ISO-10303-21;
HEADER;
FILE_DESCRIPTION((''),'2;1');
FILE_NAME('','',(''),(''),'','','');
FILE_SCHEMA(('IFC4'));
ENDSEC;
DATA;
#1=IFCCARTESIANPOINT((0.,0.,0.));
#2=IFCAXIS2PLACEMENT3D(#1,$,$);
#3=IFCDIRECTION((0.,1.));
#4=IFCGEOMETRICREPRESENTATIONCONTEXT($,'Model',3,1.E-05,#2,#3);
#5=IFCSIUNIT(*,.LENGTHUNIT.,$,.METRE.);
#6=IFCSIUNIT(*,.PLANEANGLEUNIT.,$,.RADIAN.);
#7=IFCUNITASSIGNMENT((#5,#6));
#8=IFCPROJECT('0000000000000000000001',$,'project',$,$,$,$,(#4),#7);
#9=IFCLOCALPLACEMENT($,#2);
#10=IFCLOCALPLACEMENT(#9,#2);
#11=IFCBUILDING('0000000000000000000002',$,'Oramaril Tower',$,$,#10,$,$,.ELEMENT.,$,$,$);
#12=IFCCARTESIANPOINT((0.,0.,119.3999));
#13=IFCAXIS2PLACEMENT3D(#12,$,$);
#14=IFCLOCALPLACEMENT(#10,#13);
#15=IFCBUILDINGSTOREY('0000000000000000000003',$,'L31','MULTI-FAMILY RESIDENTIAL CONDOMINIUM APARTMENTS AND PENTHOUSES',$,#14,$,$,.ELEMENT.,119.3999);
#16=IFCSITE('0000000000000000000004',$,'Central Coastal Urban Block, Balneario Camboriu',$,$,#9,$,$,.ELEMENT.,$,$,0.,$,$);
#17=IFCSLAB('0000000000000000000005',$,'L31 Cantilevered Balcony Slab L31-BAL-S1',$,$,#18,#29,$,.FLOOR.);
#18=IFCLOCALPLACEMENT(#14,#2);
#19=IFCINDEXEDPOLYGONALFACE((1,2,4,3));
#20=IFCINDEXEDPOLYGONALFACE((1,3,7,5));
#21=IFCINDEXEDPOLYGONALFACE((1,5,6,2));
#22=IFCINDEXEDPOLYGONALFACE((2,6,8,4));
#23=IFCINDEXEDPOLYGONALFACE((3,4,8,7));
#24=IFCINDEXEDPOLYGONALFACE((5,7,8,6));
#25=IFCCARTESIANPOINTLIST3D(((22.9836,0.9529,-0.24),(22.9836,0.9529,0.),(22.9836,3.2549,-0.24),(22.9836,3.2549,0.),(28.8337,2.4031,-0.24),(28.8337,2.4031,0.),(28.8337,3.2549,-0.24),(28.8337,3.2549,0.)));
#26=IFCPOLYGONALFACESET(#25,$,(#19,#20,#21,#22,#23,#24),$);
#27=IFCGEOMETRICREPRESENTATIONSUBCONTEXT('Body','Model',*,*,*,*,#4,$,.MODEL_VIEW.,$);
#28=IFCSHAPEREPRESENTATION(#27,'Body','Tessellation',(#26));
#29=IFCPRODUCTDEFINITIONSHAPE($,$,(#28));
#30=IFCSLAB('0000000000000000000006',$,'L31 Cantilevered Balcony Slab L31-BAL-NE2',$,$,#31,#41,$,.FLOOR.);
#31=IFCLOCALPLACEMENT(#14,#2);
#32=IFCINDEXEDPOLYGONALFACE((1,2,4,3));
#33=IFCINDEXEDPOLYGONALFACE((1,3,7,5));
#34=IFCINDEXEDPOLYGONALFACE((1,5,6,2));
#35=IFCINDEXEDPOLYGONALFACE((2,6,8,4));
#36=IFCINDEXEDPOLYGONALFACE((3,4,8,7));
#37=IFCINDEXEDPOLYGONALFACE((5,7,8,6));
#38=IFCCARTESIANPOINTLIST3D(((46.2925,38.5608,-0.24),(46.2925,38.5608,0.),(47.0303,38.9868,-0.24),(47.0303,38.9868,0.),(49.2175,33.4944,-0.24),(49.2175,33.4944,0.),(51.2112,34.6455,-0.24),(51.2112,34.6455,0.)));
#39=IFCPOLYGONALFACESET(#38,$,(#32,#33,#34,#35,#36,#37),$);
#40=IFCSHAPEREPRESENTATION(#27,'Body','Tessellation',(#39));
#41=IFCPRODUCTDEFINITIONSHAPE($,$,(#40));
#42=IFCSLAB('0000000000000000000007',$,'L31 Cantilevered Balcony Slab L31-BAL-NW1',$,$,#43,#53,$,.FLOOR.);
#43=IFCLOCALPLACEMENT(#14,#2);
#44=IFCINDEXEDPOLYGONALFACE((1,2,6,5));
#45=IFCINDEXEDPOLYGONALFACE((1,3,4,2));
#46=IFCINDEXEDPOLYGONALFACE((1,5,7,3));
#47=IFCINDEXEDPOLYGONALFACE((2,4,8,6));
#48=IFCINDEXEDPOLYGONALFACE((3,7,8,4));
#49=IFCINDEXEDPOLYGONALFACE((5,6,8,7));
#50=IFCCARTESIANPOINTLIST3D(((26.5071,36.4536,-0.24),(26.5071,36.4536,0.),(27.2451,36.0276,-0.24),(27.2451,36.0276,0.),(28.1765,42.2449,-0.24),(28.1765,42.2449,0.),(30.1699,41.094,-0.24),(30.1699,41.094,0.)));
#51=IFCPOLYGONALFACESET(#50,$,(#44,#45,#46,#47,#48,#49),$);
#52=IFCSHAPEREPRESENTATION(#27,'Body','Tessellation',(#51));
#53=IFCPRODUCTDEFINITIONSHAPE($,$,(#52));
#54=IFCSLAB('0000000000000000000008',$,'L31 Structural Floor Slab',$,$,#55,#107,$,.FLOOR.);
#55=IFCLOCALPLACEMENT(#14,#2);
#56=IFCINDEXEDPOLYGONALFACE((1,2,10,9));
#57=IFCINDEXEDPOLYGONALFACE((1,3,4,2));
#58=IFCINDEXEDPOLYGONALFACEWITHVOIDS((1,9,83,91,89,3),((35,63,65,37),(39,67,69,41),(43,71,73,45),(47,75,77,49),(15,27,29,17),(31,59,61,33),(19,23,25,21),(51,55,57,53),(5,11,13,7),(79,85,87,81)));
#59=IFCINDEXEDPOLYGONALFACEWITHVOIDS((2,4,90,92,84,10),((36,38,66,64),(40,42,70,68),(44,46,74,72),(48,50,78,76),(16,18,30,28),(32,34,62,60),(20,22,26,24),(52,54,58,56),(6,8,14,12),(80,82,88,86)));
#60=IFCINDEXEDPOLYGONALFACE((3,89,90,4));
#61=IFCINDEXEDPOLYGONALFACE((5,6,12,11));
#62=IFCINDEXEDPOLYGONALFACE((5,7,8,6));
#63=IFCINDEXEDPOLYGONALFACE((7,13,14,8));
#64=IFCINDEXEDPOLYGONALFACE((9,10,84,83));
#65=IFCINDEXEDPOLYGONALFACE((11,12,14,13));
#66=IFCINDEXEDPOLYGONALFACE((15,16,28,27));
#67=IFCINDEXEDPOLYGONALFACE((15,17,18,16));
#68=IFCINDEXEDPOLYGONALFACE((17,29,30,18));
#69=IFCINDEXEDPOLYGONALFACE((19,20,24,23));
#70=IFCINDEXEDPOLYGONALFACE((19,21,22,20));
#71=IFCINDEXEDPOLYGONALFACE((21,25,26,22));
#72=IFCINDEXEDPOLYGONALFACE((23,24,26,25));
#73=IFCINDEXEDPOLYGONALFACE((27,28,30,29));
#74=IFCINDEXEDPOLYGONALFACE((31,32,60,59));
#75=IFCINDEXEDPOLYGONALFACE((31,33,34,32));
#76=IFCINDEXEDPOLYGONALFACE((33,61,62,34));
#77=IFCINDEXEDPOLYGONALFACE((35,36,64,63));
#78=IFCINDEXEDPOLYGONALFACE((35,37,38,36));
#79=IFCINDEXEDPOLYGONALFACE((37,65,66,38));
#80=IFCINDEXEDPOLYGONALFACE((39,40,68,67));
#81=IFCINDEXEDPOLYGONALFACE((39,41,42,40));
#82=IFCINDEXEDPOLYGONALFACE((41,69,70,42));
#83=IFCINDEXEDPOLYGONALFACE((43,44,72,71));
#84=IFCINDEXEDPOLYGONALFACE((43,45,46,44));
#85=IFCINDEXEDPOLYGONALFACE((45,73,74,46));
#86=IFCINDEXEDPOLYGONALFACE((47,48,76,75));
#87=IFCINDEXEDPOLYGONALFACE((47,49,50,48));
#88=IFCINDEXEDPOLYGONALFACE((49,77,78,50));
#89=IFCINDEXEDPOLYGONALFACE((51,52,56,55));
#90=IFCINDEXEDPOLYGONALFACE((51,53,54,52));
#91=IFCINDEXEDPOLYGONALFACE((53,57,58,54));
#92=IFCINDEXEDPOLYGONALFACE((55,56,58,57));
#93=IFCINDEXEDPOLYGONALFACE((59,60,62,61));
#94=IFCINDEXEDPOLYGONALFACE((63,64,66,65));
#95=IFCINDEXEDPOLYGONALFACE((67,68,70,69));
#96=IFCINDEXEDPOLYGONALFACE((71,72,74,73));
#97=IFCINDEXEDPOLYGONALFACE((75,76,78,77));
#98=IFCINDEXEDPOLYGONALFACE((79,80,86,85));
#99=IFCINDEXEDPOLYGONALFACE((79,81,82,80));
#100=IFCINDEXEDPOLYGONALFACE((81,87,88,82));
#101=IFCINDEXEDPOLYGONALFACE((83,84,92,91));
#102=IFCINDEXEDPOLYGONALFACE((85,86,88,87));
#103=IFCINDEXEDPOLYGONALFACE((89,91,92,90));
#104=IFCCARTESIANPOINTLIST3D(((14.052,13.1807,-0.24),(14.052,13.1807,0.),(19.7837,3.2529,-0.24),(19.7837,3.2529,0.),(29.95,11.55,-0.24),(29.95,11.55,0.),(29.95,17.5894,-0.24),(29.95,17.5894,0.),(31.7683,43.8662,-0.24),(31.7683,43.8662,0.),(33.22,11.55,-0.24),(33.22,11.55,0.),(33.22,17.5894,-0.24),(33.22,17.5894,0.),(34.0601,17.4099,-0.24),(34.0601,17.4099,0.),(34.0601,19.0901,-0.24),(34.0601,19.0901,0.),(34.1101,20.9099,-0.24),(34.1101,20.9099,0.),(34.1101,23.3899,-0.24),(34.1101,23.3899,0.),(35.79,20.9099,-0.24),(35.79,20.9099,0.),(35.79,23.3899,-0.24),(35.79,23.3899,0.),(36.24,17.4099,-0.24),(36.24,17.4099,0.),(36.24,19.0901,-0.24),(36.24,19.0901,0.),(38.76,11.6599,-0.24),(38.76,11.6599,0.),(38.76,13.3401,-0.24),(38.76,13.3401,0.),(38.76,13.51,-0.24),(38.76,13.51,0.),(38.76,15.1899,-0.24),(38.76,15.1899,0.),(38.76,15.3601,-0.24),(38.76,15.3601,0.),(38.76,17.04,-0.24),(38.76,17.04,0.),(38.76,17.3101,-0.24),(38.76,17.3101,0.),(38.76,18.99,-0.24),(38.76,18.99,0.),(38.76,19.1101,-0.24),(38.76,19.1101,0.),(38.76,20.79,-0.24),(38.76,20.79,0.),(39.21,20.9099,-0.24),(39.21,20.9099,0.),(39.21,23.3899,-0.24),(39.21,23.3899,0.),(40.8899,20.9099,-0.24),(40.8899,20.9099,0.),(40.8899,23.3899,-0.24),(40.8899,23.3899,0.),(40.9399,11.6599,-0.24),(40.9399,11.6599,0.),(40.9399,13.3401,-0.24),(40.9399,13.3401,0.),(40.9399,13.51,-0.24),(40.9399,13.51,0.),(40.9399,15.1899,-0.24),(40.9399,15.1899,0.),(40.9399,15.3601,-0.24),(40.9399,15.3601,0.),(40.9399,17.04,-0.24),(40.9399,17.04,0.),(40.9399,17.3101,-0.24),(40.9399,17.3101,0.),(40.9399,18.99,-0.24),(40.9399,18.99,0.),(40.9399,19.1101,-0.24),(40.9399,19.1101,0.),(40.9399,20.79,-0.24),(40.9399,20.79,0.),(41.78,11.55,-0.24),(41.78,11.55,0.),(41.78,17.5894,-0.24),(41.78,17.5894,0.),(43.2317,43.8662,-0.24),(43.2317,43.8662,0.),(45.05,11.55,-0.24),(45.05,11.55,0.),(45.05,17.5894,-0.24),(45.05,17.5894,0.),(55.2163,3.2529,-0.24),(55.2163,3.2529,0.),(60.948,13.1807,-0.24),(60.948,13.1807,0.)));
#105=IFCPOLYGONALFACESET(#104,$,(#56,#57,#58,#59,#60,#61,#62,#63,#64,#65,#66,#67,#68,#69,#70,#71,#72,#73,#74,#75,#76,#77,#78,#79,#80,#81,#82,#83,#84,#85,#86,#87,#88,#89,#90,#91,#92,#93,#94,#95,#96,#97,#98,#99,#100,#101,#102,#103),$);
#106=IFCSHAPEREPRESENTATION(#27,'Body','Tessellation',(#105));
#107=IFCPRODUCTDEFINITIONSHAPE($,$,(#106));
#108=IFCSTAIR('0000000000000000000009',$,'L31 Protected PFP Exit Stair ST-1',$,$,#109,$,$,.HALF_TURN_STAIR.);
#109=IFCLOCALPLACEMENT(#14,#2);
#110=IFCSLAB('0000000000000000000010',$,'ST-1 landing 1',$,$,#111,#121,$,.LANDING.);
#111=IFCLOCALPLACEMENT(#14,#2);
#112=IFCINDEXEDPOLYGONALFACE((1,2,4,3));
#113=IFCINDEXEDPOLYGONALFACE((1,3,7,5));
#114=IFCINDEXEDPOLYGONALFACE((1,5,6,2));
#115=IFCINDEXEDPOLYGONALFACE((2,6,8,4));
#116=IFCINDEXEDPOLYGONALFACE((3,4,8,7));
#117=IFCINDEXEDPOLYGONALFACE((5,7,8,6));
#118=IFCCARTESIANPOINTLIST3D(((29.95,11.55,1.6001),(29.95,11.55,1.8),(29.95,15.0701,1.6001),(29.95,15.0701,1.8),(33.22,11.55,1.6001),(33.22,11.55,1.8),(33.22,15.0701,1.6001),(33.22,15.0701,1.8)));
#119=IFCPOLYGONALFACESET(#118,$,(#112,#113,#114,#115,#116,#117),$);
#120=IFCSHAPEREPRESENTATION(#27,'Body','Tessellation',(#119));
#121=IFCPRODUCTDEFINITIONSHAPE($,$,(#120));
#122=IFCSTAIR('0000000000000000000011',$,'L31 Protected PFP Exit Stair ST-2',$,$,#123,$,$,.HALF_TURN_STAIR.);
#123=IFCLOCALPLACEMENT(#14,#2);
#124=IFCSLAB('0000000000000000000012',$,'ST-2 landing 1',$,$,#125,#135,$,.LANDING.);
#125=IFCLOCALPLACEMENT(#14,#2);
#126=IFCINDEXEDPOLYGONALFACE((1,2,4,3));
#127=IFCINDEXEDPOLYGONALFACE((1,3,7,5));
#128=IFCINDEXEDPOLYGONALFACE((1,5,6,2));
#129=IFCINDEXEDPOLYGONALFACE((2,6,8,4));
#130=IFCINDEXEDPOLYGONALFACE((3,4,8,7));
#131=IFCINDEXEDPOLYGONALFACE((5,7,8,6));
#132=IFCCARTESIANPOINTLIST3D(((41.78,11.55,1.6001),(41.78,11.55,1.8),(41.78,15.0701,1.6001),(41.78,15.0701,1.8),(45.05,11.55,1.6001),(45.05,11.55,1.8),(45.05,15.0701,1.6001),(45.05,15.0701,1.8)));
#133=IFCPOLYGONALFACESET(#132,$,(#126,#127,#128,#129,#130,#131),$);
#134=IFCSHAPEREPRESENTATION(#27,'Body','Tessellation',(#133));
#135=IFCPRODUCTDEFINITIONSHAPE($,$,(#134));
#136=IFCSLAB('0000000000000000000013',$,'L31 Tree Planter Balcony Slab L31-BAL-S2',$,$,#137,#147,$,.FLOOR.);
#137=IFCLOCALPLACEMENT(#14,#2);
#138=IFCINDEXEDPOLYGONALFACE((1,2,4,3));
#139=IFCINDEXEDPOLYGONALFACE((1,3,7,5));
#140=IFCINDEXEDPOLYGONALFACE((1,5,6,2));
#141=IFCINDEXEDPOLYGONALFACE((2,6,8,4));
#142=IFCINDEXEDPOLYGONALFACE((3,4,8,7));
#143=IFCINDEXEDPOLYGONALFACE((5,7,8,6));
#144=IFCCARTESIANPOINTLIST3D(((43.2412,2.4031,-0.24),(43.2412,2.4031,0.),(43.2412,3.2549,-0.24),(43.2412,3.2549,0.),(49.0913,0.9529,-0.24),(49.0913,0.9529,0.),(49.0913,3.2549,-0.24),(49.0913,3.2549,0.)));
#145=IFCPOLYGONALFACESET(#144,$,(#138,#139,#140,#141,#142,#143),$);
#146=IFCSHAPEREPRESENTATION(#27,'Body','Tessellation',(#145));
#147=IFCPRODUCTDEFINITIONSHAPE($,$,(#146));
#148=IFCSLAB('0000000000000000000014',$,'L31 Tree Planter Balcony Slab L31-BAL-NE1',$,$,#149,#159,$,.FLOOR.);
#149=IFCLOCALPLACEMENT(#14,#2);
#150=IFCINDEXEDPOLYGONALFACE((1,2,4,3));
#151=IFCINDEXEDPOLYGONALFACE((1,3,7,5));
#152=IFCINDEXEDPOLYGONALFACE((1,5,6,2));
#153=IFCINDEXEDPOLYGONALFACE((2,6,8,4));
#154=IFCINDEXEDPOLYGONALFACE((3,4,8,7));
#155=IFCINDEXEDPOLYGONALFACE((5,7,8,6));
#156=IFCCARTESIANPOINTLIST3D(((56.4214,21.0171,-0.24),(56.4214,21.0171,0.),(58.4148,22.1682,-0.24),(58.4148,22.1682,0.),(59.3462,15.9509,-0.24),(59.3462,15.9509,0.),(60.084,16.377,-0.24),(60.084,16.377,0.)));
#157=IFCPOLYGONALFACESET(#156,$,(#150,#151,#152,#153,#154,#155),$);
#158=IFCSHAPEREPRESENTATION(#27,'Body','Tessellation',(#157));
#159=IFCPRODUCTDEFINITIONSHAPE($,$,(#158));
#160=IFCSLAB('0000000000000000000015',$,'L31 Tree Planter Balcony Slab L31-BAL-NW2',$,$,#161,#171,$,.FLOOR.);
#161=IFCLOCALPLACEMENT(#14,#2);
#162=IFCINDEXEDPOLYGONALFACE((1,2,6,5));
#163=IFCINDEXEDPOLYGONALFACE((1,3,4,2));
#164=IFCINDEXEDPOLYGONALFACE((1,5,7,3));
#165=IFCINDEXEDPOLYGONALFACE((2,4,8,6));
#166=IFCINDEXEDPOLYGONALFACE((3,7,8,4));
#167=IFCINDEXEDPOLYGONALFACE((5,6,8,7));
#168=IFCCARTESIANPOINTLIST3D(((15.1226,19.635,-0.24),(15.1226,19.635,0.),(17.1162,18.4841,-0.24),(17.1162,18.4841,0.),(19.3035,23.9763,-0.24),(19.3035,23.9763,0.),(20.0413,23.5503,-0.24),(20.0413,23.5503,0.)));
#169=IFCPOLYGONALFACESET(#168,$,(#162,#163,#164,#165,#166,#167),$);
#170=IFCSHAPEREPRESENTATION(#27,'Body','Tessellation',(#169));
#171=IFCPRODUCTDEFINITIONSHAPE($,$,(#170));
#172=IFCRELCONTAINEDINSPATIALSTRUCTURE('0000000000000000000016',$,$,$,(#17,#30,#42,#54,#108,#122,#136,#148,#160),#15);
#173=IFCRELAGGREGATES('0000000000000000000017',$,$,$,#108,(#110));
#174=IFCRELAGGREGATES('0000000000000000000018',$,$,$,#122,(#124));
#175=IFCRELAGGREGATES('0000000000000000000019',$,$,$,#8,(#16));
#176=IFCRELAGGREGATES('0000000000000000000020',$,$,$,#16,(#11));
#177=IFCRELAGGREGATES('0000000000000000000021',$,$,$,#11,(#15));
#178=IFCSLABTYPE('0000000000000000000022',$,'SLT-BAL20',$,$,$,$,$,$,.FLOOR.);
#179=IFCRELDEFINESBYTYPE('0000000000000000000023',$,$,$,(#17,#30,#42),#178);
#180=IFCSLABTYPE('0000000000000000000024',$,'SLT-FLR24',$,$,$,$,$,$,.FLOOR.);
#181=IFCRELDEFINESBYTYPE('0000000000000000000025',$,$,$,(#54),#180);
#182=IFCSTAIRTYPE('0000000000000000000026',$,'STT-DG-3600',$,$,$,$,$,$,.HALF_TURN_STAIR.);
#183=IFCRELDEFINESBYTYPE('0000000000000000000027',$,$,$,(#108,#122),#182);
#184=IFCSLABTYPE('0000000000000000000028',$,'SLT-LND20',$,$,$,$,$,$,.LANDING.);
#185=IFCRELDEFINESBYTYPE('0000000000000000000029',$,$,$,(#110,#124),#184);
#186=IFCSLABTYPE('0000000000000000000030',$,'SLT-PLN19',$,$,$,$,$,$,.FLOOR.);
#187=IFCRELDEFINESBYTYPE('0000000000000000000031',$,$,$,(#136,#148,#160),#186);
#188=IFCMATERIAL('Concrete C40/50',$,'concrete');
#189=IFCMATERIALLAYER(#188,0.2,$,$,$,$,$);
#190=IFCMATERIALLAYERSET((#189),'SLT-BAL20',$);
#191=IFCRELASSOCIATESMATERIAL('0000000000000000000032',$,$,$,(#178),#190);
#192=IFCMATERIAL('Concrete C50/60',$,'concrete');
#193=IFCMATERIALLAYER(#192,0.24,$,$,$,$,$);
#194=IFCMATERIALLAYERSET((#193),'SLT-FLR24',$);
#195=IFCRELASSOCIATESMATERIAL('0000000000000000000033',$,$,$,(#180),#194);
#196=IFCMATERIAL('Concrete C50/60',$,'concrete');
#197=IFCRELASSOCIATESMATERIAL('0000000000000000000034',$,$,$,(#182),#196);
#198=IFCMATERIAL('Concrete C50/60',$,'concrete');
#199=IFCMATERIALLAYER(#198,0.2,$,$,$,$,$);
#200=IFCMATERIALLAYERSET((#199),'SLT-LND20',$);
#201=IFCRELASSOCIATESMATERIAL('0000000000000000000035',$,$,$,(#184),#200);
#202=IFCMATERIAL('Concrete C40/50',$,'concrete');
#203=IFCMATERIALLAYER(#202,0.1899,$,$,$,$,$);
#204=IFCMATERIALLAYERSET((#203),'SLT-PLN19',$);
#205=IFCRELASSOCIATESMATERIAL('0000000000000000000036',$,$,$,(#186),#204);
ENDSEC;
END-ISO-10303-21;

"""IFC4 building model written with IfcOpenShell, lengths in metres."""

from ifc_helpers import new_model, si_unit, direction, frame, origin, place, context, subcontext, project, spatial, polyline, outline, extrude, material, layer, layer_set, type_object, element, aggregate, save


model = new_model("IFC4")

# Units and contexts
model_context = context("Model", 3, precision=1e-05, world=origin(), true_north=direction((0.0, 1.0)))
body_context = subcontext(model_context, "Body", "Model", "MODEL_VIEW")
ifc_project = project(units=[si_unit("LENGTHUNIT", "METRE"), si_unit("PLANEANGLEUNIT", "RADIAN")], contexts=[model_context])

# Site, building, storey
site_placement = place(None, origin())
site = spatial("IfcSite", under=ifc_project, at=site_placement, Name="Central Coastal Urban Block, Balneario Camboriu", CompositionType="ELEMENT", RefElevation=0.0)
building_placement = place(site_placement, origin())
building = spatial("IfcBuilding", under=site, at=building_placement, Name="Oramaril Tower", CompositionType="ELEMENT")
storey_placement = place(building_placement, frame((0.0, 0.0, 119.3999)))
storey = spatial("IfcBuildingStorey", under=building, at=storey_placement, Name="L31", Description="MULTI-FAMILY RESIDENTIAL CONDOMINIUM APARTMENTS AND PENTHOUSES", CompositionType="ELEMENT", Elevation=119.3999)

# Slabs
ifc_material_1 = material(Name="Concrete C40/50", Category="concrete")
ifc_layer_1 = layer(ifc_material_1, 0.2)
ifc_layer_set_1 = layer_set([ifc_layer_1], Name="SLT-BAL20")
slab_type_1 = type_object("IfcSlabType", Name="SLT-BAL20", PredefinedType="FLOOR", material=ifc_layer_set_1)
slab_1_placement = place(storey_placement, frame((0.0, 0.0, -0.24)))
element("IfcSlab", 1, at=slab_1_placement, inside=storey, type_object=slab_type_1, Name="L31 Cantilevered Balcony Slab L31-BAL-S1", PredefinedType="FLOOR", context=body_context, shape_type="SweptSolid", body=[
    extrude(outline(polyline([(22.9836, 3.2549), (28.8337, 3.2549), (28.8337, 2.4031), (22.9836, 0.9529), (22.9836, 3.2549)])), origin(), (0.0, 0.0, 1.0), 0.24),
])
slab_2_placement = place(storey_placement, frame((0.0, 0.0, -0.24)))
element("IfcSlab", 2, at=slab_2_placement, inside=storey, type_object=slab_type_1, Name="L31 Cantilevered Balcony Slab L31-BAL-NE2", PredefinedType="FLOOR", context=body_context, shape_type="SweptSolid", body=[
    extrude(outline(polyline([(49.2175, 33.4944), (46.2925, 38.5608), (47.0303, 38.9868), (51.2112, 34.6455), (49.2175, 33.4944)])), origin(), (0.0, 0.0, 1.0), 0.24),
])
slab_3_placement = place(storey_placement, frame((0.0, 0.0, -0.24)))
element("IfcSlab", 3, at=slab_3_placement, inside=storey, type_object=slab_type_1, Name="L31 Cantilevered Balcony Slab L31-BAL-NW1", PredefinedType="FLOOR", context=body_context, shape_type="SweptSolid", body=[
    extrude(outline(polyline([(30.1699, 41.094), (27.2451, 36.0276), (26.5071, 36.4536), (28.1765, 42.2449), (30.1699, 41.094)])), origin(), (0.0, 0.0, 1.0), 0.24),
])
ifc_material_2 = material(Name="Concrete C50/60", Category="concrete")
ifc_layer_2 = layer(ifc_material_2, 0.24)
ifc_layer_set_2 = layer_set([ifc_layer_2], Name="SLT-FLR24")
slab_type_2 = type_object("IfcSlabType", Name="SLT-FLR24", PredefinedType="FLOOR", material=ifc_layer_set_2)
slab_4_placement = place(storey_placement, frame((0.0, 0.0, -0.24)))
element("IfcSlab", 4, at=slab_4_placement, inside=storey, type_object=slab_type_2, Name="L31 Structural Floor Slab", PredefinedType="FLOOR", context=body_context, shape_type="SweptSolid", body=[
    extrude(outline(polyline([(14.052, 13.1807), (19.7837, 3.2529), (55.2163, 3.2529), (60.948, 13.1807), (43.2317, 43.8662), (31.7683, 43.8662), (14.052, 13.1807)]), holes=[polyline([(29.95, 17.5894), (29.95, 11.55), (33.22, 11.55), (33.22, 17.5894), (29.95, 17.5894)]), polyline([(41.78, 17.5894), (41.78, 11.55), (45.05, 11.55), (45.05, 17.5894), (41.78, 17.5894)]), polyline([(34.1101, 20.9099), (35.79, 20.9099), (35.79, 23.3899), (34.1101, 23.3899), (34.1101, 20.9099)]), polyline([(39.21, 20.9099), (40.8899, 20.9099), (40.8899, 23.3899), (39.21, 23.3899), (39.21, 20.9099)]), polyline([(38.76, 11.6599), (40.9399, 11.6599), (40.9399, 13.3401), (38.76, 13.3401), (38.76, 11.6599)]), polyline([(38.76, 13.51), (40.9399, 13.51), (40.9399, 15.1899), (38.76, 15.1899), (38.76, 13.51)]), polyline([(38.76, 15.3601), (40.9399, 15.3601), (40.9399, 17.04), (38.76, 17.04), (38.76, 15.3601)]), polyline([(34.0601, 17.4099), (36.24, 17.4099), (36.24, 19.0901), (34.0601, 19.0901), (34.0601, 17.4099)]), polyline([(38.76, 17.3101), (40.9399, 17.3101), (40.9399, 18.99), (38.76, 18.99), (38.76, 17.3101)]), polyline([(38.76, 19.1101), (40.9399, 19.1101), (40.9399, 20.79), (38.76, 20.79), (38.76, 19.1101)])]), origin(), (0.0, 0.0, 1.0), 0.24),
])

# Stairs, slabs
ifc_material_3 = material(Name="Concrete C50/60", Category="concrete")
stair_type = type_object("IfcStairType", Name="STT-DG-3600", PredefinedType="HALF_TURN_STAIR", material=ifc_material_3)
stair_1_placement = place(storey_placement, origin())
stair_1 = element("IfcStair", 5, at=stair_1_placement, inside=storey, type_object=stair_type, Name="L31 Protected PFP Exit Stair ST-1", PredefinedType="HALF_TURN_STAIR")
ifc_material_4 = material(Name="Concrete C50/60", Category="concrete")
ifc_layer_3 = layer(ifc_material_4, 0.2)
ifc_layer_set_3 = layer_set([ifc_layer_3], Name="SLT-LND20")
slab_type_3 = type_object("IfcSlabType", Name="SLT-LND20", PredefinedType="LANDING", material=ifc_layer_set_3)
slab_5_placement = place(storey_placement, frame((0.0, 0.0, 1.6001)))
slab_5 = element("IfcSlab", 6, at=slab_5_placement, type_object=slab_type_3, Name="ST-1 landing 1", PredefinedType="LANDING", context=body_context, shape_type="SweptSolid", body=[
    extrude(outline(polyline([(29.95, 15.0701), (29.95, 11.55), (33.22, 11.55), (33.22, 15.0701), (29.95, 15.0701)])), origin(), (0.0, 0.0, 1.0), 0.2),
])
aggregate(stair_1, [slab_5])
stair_2_placement = place(storey_placement, origin())
stair_2 = element("IfcStair", 7, at=stair_2_placement, inside=storey, type_object=stair_type, Name="L31 Protected PFP Exit Stair ST-2", PredefinedType="HALF_TURN_STAIR")
slab_6_placement = place(storey_placement, frame((0.0, 0.0, 1.6001)))
slab_6 = element("IfcSlab", 8, at=slab_6_placement, type_object=slab_type_3, Name="ST-2 landing 1", PredefinedType="LANDING", context=body_context, shape_type="SweptSolid", body=[
    extrude(outline(polyline([(41.78, 15.0701), (41.78, 11.55), (45.05, 11.55), (45.05, 15.0701), (41.78, 15.0701)])), origin(), (0.0, 0.0, 1.0), 0.2),
])
aggregate(stair_2, [slab_6])

# Slabs
ifc_material_5 = material(Name="Concrete C40/50", Category="concrete")
ifc_layer_4 = layer(ifc_material_5, 0.1899)
ifc_layer_set_4 = layer_set([ifc_layer_4], Name="SLT-PLN19")
slab_type_4 = type_object("IfcSlabType", Name="SLT-PLN19", PredefinedType="FLOOR", material=ifc_layer_set_4)
slab_7_placement = place(storey_placement, frame((0.0, 0.0, -0.24)))
element("IfcSlab", 9, at=slab_7_placement, inside=storey, type_object=slab_type_4, Name="L31 Tree Planter Balcony Slab L31-BAL-S2", PredefinedType="FLOOR", context=body_context, shape_type="SweptSolid", body=[
    extrude(outline(polyline([(43.2412, 3.2549), (49.0913, 3.2549), (49.0913, 0.9529), (43.2412, 2.4031), (43.2412, 3.2549)])), origin(), (0.0, 0.0, 1.0), 0.24),
])
slab_8_placement = place(storey_placement, frame((0.0, 0.0, -0.24)))
element("IfcSlab", 10, at=slab_8_placement, inside=storey, type_object=slab_type_4, Name="L31 Tree Planter Balcony Slab L31-BAL-NE1", PredefinedType="FLOOR", context=body_context, shape_type="SweptSolid", body=[
    extrude(outline(polyline([(59.3462, 15.9509), (56.4214, 21.0171), (58.4148, 22.1682), (60.084, 16.377), (59.3462, 15.9509)])), origin(), (0.0, 0.0, 1.0), 0.24),
])
slab_9_placement = place(storey_placement, frame((0.0, 0.0, -0.24)))
element("IfcSlab", 11, at=slab_9_placement, inside=storey, type_object=slab_type_4, Name="L31 Tree Planter Balcony Slab L31-BAL-NW2", PredefinedType="FLOOR", context=body_context, shape_type="SweptSolid", body=[
    extrude(outline(polyline([(20.0413, 23.5503), (17.1162, 18.4841), (15.1226, 19.635), (19.3035, 23.9763), (20.0413, 23.5503)])), origin(), (0.0, 0.0, 1.0), 0.24),
])

save(model, "model.ifc")
